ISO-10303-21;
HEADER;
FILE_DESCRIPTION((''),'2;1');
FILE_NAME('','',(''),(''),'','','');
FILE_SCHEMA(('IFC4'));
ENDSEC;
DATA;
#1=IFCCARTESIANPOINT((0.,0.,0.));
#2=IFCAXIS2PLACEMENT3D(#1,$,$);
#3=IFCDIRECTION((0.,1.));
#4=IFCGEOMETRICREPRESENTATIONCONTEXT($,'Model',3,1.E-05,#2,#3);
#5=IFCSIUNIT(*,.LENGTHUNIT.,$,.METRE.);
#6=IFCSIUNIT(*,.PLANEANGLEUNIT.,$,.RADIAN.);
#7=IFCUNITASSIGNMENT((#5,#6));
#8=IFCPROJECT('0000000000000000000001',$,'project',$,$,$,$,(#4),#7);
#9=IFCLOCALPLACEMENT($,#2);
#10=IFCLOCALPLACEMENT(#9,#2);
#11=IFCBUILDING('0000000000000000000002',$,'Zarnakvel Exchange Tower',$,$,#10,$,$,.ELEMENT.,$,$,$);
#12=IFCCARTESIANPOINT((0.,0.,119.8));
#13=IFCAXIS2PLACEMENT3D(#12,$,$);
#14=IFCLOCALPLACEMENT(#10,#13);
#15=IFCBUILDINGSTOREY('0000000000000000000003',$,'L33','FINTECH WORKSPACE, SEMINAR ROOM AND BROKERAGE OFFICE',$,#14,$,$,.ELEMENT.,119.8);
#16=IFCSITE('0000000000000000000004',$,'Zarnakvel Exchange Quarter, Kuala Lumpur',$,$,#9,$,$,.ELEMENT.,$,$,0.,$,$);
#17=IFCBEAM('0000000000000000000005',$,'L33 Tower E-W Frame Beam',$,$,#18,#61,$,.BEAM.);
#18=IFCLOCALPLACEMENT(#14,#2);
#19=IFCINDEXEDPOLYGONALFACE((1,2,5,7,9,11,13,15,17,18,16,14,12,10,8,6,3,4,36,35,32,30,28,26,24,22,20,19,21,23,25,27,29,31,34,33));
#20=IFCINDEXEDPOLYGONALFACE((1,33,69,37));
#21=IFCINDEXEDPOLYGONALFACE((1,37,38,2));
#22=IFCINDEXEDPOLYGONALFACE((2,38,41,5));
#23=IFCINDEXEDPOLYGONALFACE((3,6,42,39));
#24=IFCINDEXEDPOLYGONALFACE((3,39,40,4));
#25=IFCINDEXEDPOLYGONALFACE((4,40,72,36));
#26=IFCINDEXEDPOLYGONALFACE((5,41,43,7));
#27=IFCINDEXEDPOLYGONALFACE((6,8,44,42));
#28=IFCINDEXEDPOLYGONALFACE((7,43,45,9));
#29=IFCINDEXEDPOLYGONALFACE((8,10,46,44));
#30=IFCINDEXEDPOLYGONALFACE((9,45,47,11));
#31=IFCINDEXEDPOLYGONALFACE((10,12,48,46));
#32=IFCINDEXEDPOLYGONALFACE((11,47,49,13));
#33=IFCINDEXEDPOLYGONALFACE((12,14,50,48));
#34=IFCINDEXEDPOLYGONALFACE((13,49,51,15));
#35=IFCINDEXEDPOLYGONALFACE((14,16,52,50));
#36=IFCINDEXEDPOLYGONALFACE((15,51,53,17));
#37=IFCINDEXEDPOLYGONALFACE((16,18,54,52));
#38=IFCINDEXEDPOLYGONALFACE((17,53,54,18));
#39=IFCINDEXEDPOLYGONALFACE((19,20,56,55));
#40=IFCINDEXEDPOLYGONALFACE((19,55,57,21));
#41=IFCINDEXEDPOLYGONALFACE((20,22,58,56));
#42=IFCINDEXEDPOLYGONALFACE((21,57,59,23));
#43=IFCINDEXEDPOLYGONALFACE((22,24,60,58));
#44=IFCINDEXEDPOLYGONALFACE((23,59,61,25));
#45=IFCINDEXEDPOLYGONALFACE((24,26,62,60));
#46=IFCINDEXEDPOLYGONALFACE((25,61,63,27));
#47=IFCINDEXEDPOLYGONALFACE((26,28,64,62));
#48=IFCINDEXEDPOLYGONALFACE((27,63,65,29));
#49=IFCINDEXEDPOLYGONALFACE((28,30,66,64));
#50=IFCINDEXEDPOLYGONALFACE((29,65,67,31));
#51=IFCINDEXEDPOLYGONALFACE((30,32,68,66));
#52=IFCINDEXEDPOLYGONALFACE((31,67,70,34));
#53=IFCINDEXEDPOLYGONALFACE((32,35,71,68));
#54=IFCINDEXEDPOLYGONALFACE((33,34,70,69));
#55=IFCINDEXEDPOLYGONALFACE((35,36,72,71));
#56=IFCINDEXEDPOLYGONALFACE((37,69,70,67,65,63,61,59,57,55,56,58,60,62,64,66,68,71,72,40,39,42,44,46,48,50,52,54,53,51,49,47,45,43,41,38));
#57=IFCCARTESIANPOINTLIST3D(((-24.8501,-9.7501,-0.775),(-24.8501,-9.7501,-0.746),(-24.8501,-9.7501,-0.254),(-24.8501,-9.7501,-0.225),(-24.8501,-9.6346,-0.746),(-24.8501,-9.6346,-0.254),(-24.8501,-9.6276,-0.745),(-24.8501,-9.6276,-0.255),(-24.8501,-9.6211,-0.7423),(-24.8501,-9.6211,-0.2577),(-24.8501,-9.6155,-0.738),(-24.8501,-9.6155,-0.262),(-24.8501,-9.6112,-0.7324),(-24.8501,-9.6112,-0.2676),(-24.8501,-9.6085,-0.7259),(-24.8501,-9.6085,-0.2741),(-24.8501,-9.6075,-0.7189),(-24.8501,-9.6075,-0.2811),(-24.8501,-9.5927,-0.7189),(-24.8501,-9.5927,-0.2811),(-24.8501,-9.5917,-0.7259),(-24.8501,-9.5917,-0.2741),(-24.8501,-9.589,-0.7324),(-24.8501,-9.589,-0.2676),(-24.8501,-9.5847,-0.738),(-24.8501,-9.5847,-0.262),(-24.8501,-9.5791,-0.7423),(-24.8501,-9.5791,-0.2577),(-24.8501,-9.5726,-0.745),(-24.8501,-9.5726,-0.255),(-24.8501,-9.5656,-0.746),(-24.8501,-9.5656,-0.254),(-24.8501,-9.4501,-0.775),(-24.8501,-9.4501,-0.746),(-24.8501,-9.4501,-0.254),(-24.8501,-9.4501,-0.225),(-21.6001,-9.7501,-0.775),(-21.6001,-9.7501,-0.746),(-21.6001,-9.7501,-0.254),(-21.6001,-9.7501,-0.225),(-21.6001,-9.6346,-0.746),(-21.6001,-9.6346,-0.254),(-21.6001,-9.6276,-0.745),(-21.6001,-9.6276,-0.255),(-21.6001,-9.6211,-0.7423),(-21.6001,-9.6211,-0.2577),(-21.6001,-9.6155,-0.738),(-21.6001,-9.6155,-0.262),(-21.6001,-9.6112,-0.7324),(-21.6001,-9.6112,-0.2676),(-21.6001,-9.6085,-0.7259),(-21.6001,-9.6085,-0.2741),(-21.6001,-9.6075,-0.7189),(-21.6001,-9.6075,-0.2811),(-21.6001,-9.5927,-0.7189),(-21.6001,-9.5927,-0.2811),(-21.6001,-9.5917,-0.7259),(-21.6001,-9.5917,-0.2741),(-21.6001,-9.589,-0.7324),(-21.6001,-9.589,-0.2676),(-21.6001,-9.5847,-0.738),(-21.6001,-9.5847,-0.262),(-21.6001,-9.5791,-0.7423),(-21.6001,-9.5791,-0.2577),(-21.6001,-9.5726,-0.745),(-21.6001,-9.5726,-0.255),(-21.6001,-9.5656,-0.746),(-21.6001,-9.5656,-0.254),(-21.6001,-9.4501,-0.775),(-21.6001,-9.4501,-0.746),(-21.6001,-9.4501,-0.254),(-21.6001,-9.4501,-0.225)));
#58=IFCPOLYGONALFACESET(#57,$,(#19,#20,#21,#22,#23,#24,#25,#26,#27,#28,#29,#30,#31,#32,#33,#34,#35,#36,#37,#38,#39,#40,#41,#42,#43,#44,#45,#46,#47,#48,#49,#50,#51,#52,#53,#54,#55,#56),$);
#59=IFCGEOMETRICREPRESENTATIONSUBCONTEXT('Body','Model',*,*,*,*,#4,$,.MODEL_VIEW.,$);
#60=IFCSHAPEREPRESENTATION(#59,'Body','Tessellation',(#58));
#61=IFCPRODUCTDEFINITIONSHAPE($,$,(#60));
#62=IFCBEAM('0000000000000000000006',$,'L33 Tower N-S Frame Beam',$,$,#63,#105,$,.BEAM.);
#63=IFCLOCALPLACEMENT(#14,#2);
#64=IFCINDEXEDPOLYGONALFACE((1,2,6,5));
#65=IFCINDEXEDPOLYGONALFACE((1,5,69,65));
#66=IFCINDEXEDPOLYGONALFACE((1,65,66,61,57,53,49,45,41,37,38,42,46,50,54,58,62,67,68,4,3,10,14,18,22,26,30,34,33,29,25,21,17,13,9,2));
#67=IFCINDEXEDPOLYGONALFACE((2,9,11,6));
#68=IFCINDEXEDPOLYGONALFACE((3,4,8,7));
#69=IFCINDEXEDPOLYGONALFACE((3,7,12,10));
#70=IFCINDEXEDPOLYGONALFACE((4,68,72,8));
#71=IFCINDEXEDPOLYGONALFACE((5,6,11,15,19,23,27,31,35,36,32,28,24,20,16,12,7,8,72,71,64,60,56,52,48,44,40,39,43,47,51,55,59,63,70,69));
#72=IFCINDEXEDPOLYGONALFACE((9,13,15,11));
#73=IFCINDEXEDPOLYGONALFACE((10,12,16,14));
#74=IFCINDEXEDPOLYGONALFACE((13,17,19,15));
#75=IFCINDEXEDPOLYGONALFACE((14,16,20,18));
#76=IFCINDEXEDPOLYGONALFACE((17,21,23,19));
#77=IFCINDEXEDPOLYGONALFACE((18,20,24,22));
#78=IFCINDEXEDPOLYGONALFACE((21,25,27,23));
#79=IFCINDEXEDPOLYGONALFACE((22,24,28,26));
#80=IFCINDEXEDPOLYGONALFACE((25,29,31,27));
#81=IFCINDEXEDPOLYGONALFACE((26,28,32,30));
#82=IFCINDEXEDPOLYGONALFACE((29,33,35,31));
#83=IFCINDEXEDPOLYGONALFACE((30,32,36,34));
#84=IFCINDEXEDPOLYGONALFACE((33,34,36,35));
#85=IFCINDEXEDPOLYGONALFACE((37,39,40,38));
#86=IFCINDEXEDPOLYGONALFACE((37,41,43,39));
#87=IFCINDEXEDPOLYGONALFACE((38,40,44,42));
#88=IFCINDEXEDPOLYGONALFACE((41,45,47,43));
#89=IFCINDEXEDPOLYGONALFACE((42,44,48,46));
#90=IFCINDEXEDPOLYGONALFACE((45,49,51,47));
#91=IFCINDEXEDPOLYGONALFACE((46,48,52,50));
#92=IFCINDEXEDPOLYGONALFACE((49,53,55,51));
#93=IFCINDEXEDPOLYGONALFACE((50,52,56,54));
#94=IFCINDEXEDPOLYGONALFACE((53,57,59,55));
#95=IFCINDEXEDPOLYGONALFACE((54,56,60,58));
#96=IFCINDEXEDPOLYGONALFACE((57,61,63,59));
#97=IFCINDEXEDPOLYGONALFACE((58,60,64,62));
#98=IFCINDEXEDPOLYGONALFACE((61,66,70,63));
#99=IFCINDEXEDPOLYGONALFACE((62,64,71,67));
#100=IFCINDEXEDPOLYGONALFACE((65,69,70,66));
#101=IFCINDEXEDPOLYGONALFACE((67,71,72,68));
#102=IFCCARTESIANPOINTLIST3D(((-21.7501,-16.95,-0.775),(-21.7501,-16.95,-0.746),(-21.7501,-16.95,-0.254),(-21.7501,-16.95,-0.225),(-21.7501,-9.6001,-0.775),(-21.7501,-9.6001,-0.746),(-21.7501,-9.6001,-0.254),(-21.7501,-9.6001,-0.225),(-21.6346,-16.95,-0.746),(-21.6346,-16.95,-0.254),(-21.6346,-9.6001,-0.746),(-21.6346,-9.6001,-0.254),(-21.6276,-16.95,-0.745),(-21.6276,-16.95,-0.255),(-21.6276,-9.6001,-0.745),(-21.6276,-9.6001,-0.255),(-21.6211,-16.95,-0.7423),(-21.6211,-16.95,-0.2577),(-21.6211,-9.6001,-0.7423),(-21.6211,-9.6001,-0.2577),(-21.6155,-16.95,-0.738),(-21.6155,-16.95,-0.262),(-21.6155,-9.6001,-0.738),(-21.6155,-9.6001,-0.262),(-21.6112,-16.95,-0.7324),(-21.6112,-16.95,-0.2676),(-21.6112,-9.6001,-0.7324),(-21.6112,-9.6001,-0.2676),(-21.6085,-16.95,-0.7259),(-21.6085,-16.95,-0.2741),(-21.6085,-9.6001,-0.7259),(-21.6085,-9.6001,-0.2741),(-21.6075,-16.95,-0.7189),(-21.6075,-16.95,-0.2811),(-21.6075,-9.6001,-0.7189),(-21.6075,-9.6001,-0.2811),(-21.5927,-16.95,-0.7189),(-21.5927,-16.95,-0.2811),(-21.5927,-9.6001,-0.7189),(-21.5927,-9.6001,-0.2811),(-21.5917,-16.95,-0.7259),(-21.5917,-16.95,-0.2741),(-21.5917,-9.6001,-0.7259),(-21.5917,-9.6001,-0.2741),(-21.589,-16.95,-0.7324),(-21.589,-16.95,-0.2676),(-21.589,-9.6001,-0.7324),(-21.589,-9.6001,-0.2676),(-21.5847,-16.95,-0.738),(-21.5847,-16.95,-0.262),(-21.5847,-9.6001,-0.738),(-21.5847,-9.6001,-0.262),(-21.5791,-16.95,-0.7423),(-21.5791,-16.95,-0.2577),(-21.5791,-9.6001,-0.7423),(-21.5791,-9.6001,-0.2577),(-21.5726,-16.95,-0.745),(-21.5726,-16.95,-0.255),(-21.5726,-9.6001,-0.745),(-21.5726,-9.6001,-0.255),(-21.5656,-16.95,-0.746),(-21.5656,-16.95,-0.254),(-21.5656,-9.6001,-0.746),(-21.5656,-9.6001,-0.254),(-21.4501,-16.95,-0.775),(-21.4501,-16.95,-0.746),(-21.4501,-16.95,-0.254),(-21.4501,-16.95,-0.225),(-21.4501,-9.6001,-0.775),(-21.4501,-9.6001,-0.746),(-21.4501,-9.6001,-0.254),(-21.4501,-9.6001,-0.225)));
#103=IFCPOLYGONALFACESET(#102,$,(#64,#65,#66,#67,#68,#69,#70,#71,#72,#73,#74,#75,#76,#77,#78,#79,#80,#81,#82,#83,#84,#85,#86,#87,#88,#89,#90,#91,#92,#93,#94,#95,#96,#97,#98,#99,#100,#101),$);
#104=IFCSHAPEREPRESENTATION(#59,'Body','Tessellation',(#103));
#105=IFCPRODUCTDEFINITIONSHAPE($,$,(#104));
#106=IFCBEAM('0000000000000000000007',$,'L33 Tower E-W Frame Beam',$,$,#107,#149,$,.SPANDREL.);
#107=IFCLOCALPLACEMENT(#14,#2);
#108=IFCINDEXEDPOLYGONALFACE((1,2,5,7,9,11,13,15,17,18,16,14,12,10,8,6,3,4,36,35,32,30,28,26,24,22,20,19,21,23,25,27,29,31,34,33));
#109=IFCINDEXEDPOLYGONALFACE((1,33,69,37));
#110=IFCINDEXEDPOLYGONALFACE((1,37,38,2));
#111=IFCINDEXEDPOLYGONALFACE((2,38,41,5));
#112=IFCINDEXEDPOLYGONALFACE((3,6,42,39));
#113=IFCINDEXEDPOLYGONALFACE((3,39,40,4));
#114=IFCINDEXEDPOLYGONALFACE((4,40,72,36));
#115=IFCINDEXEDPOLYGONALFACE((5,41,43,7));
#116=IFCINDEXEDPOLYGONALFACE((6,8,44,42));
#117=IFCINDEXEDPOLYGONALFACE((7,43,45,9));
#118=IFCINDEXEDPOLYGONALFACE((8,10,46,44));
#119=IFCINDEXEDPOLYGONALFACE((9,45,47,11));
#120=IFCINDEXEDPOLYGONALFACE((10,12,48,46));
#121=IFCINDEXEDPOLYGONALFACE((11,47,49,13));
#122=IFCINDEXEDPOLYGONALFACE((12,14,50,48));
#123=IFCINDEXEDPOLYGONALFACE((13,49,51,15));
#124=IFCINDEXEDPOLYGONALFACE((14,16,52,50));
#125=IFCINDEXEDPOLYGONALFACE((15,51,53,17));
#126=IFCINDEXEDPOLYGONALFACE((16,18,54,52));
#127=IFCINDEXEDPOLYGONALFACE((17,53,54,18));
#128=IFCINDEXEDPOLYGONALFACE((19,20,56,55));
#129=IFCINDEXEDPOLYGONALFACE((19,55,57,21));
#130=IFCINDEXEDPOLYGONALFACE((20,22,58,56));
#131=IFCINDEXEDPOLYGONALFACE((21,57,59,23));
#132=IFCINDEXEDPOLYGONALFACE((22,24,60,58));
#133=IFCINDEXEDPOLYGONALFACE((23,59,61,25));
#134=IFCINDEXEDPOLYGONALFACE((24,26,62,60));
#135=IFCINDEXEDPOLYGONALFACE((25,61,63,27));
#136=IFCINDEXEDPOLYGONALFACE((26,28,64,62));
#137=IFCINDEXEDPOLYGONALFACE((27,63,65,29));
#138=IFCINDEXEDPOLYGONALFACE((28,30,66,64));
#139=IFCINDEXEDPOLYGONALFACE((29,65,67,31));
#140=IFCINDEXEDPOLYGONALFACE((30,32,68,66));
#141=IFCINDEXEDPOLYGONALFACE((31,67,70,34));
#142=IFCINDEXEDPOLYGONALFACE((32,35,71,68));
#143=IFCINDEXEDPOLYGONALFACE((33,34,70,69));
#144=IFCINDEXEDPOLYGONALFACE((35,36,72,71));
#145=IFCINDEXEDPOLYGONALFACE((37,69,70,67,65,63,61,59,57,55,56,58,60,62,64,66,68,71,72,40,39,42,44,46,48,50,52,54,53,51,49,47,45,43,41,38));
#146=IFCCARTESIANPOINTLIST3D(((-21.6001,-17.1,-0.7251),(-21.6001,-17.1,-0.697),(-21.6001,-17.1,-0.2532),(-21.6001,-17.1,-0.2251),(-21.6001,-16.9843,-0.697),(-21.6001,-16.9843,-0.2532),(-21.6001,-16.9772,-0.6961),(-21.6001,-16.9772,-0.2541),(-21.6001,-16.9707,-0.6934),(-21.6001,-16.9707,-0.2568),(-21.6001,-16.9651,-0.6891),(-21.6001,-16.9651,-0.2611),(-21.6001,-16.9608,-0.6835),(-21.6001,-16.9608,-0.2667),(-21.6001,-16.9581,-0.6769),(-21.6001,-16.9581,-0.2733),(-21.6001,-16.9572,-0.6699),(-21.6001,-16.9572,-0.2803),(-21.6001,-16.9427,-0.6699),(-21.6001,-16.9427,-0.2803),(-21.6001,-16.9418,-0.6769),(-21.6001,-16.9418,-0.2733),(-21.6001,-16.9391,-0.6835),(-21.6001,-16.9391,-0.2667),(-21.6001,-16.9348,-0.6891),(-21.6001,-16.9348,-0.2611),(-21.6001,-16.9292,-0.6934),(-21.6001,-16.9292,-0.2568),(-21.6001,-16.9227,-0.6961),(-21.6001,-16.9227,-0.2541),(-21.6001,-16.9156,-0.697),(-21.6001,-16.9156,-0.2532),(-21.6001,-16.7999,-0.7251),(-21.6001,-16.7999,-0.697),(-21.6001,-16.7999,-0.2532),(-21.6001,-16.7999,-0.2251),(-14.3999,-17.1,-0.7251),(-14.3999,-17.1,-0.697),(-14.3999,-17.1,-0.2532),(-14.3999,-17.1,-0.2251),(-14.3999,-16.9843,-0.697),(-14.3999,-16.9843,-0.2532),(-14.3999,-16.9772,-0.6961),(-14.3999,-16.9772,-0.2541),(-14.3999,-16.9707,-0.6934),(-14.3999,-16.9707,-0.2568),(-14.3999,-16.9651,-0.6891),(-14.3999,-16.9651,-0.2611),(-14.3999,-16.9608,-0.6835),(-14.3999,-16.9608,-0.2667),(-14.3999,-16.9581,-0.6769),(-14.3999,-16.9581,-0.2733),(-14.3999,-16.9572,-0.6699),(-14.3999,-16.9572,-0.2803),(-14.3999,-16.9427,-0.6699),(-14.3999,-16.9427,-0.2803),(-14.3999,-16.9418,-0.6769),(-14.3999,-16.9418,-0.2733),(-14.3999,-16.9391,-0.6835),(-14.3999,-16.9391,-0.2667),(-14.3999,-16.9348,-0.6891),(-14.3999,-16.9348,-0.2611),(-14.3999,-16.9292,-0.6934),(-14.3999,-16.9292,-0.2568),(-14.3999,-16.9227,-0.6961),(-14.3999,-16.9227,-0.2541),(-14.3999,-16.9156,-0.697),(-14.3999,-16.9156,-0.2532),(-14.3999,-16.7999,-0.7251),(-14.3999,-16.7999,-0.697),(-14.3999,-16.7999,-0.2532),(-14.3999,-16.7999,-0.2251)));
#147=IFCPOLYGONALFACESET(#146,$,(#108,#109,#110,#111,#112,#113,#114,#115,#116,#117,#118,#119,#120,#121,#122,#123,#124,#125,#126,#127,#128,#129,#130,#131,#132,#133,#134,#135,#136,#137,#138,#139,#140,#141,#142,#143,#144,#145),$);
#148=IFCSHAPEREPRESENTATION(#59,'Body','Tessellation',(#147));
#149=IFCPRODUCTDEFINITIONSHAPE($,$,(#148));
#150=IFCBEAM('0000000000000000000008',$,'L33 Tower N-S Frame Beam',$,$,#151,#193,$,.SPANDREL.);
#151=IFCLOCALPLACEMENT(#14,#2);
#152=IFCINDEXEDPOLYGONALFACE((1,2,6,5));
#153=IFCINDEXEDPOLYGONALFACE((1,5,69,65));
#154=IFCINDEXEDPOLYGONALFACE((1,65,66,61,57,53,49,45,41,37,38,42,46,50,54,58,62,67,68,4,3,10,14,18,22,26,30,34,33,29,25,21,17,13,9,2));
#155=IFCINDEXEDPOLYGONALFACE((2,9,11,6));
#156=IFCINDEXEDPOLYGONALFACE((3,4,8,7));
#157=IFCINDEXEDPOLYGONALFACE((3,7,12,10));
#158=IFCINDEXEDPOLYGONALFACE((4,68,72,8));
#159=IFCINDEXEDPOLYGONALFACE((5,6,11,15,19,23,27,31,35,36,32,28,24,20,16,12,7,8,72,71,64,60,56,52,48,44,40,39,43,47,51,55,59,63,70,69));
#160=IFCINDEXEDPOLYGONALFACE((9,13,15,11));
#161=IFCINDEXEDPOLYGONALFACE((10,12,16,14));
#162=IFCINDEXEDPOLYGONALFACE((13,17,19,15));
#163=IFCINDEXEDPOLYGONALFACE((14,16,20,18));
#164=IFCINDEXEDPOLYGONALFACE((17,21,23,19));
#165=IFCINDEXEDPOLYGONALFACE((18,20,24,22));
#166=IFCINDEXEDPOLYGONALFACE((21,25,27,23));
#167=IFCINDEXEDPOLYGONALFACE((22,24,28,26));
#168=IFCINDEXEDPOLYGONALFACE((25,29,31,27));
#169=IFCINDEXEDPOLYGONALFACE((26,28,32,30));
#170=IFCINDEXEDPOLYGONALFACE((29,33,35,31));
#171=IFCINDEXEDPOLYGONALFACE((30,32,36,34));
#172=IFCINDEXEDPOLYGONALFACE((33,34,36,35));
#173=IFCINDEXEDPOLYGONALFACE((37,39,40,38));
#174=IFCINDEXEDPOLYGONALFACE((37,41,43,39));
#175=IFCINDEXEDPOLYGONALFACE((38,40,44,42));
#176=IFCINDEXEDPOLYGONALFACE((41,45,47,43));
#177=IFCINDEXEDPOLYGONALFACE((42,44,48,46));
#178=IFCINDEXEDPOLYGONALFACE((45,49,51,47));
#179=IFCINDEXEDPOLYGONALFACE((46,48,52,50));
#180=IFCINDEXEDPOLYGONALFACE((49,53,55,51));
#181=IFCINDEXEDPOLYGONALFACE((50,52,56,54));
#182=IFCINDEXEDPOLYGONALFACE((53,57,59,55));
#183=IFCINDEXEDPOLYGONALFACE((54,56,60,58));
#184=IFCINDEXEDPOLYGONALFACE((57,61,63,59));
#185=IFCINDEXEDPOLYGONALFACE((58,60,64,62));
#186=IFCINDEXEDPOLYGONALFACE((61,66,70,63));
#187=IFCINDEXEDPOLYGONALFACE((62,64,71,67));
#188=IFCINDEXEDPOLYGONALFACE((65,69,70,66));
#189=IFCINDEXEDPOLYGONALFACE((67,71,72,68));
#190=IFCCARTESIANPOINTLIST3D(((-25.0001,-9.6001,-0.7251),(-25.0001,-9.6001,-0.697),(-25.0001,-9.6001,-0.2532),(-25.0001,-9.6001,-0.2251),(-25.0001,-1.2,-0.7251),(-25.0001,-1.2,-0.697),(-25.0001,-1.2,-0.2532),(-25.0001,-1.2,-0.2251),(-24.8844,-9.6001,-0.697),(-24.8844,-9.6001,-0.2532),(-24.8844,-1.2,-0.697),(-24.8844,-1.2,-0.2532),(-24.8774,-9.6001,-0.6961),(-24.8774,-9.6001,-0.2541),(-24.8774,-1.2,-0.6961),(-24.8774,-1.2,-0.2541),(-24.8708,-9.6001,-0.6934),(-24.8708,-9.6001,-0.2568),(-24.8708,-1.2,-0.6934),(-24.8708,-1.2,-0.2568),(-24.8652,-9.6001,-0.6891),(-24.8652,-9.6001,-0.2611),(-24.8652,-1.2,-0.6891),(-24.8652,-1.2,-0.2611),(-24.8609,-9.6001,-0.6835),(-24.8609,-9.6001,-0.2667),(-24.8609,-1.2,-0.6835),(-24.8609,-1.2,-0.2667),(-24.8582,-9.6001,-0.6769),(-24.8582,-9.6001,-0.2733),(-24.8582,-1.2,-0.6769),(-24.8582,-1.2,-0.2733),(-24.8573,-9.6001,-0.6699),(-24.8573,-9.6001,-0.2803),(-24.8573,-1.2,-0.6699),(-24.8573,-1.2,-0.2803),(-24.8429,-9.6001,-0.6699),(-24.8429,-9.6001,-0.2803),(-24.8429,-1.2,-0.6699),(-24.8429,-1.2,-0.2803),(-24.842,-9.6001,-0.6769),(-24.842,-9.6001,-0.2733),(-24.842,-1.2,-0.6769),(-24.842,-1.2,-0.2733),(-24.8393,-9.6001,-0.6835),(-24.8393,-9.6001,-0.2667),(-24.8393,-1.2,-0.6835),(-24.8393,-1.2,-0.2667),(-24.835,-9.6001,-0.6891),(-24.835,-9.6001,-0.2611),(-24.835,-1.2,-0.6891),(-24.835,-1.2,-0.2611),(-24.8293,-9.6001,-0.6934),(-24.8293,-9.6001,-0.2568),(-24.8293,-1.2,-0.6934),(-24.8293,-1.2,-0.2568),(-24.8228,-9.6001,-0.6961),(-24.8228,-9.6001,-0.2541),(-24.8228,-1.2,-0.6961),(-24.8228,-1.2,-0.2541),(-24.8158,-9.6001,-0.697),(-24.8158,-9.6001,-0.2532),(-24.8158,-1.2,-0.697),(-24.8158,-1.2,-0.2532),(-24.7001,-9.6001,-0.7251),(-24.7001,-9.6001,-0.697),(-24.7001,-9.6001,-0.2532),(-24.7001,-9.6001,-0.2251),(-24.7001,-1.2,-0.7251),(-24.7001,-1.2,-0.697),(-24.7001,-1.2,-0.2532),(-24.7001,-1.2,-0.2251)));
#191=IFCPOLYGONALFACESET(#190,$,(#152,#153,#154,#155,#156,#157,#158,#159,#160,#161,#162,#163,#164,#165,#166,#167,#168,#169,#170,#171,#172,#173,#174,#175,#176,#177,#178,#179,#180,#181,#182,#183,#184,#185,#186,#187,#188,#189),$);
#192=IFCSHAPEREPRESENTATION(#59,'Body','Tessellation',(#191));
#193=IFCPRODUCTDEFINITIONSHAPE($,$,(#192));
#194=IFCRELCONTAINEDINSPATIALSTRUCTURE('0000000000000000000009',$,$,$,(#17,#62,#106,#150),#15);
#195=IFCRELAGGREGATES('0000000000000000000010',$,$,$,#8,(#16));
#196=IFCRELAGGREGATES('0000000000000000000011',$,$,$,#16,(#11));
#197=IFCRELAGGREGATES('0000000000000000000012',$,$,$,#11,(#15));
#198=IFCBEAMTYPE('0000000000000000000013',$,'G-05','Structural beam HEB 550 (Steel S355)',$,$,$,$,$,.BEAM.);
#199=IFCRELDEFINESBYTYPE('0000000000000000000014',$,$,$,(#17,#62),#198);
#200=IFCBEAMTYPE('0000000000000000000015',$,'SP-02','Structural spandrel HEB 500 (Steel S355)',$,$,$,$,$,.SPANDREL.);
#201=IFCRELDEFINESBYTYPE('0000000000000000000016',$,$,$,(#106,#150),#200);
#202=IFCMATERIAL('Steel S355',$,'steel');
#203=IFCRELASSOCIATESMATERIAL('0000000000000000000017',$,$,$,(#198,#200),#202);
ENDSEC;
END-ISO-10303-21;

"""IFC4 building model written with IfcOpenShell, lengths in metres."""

from ifc_helpers import new_model, si_unit, direction, frame, origin, origin_2d, place, context, subcontext, project, spatial, i_section, extrude, material, material_profile, profile_set, type_object, element, save


model = new_model("IFC4")

# Units and contexts
model_context = context("Model", 3, precision=1e-05, world=origin(), true_north=direction((0.0, 1.0)))
body_context = subcontext(model_context, "Body", "Model", "MODEL_VIEW")
ifc_project = project(units=[si_unit("LENGTHUNIT", "METRE"), si_unit("PLANEANGLEUNIT", "RADIAN")], contexts=[model_context])

# Site, building, storey
site_placement = place(None, origin())
site = spatial("IfcSite", under=ifc_project, at=site_placement, Name="Zarnakvel Exchange Quarter, Kuala Lumpur", CompositionType="ELEMENT", RefElevation=0.0)
building_placement = place(site_placement, origin())
building = spatial("IfcBuilding", under=site, at=building_placement, Name="Zarnakvel Exchange Tower", CompositionType="ELEMENT")
storey_placement = place(building_placement, frame((0.0, 0.0, 119.8)))
storey = spatial("IfcBuildingStorey", under=building, at=storey_placement, Name="L33", Description="FINTECH WORKSPACE, SEMINAR ROOM AND BROKERAGE OFFICE", CompositionType="ELEMENT", Elevation=119.8)

# Shared definitions
ifc_material_1 = material(Name="Steel S355", Category="steel")

# Beams
ifc_material_profile_1 = material_profile(ifc_material_1, i_section(OverallWidth=0.3, OverallDepth=0.55, WebThickness=0.0149, FlangeThickness=0.0291, FilletRadius=0.0271, at=origin_2d()))
ifc_profile_set_1 = profile_set([ifc_material_profile_1], Name="Steel S355")
beam_type_1 = type_object("IfcBeamType", Name="G-05", Description="Structural beam HEB 550 (Steel S355)", PredefinedType="BEAM", material=ifc_profile_set_1)
beam_1_placement = place(storey_placement, frame((-24.8501, -9.6001, -0.5), z_axis=(1.0, 0.0, 0.0), x_axis=(0.0, 1.0, 0.0)))
element("IfcBeam", 1, at=beam_1_placement, inside=storey, type_object=beam_type_1, Name="L33 Tower E-W Frame Beam", PredefinedType="BEAM", context=body_context, shape_type="SweptSolid", body=[
    extrude(i_section(OverallWidth=0.3, OverallDepth=0.55, WebThickness=0.0149, FlangeThickness=0.0291, FilletRadius=0.0271, at=origin_2d()), origin(), (0.0, 0.0, 1.0), 3.25),
])
beam_2_placement = place(storey_placement, frame((-21.6001, -16.95, -0.5), z_axis=(0.0, 1.0, 0.0), x_axis=(-1.0, 0.0, 0.0)))
element("IfcBeam", 2, at=beam_2_placement, inside=storey, type_object=beam_type_1, Name="L33 Tower N-S Frame Beam", PredefinedType="BEAM", context=body_context, shape_type="SweptSolid", body=[
    extrude(i_section(OverallWidth=0.3, OverallDepth=0.55, WebThickness=0.0149, FlangeThickness=0.0291, FilletRadius=0.0271, at=origin_2d()), origin(), (0.0, 0.0, 1.0), 7.3499),
])
ifc_material_profile_2 = material_profile(ifc_material_1, i_section(OverallWidth=0.3, OverallDepth=0.5, WebThickness=0.0144, FlangeThickness=0.0281, FilletRadius=0.0271, at=origin_2d()))
ifc_profile_set_2 = profile_set([ifc_material_profile_2], Name="Steel S355")
beam_type_2 = type_object("IfcBeamType", Name="SP-02", Description="Structural spandrel HEB 500 (Steel S355)", PredefinedType="SPANDREL", material=ifc_profile_set_2)
beam_3_placement = place(storey_placement, frame((-21.6001, -16.95, -0.4751), z_axis=(1.0, 0.0, 0.0), x_axis=(0.0, 1.0, 0.0)))
element("IfcBeam", 3, at=beam_3_placement, inside=storey, type_object=beam_type_2, Name="L33 Tower E-W Frame Beam", PredefinedType="SPANDREL", context=body_context, shape_type="SweptSolid", body=[
    extrude(i_section(OverallWidth=0.3, OverallDepth=0.5, WebThickness=0.0144, FlangeThickness=0.0281, FilletRadius=0.0271, at=origin_2d()), origin(), (0.0, 0.0, 1.0), 7.2002),
])
beam_4_placement = place(storey_placement, frame((-24.8501, -9.6001, -0.4751), z_axis=(0.0, 1.0, 0.0), x_axis=(-1.0, 0.0, 0.0)))
element("IfcBeam", 4, at=beam_4_placement, inside=storey, type_object=beam_type_2, Name="L33 Tower N-S Frame Beam", PredefinedType="SPANDREL", context=body_context, shape_type="SweptSolid", body=[
    extrude(i_section(OverallWidth=0.3, OverallDepth=0.5, WebThickness=0.0144, FlangeThickness=0.0281, FilletRadius=0.0271, at=origin_2d()), origin(), (0.0, 0.0, 1.0), 8.4001),
])

save(model, "model.ifc")
